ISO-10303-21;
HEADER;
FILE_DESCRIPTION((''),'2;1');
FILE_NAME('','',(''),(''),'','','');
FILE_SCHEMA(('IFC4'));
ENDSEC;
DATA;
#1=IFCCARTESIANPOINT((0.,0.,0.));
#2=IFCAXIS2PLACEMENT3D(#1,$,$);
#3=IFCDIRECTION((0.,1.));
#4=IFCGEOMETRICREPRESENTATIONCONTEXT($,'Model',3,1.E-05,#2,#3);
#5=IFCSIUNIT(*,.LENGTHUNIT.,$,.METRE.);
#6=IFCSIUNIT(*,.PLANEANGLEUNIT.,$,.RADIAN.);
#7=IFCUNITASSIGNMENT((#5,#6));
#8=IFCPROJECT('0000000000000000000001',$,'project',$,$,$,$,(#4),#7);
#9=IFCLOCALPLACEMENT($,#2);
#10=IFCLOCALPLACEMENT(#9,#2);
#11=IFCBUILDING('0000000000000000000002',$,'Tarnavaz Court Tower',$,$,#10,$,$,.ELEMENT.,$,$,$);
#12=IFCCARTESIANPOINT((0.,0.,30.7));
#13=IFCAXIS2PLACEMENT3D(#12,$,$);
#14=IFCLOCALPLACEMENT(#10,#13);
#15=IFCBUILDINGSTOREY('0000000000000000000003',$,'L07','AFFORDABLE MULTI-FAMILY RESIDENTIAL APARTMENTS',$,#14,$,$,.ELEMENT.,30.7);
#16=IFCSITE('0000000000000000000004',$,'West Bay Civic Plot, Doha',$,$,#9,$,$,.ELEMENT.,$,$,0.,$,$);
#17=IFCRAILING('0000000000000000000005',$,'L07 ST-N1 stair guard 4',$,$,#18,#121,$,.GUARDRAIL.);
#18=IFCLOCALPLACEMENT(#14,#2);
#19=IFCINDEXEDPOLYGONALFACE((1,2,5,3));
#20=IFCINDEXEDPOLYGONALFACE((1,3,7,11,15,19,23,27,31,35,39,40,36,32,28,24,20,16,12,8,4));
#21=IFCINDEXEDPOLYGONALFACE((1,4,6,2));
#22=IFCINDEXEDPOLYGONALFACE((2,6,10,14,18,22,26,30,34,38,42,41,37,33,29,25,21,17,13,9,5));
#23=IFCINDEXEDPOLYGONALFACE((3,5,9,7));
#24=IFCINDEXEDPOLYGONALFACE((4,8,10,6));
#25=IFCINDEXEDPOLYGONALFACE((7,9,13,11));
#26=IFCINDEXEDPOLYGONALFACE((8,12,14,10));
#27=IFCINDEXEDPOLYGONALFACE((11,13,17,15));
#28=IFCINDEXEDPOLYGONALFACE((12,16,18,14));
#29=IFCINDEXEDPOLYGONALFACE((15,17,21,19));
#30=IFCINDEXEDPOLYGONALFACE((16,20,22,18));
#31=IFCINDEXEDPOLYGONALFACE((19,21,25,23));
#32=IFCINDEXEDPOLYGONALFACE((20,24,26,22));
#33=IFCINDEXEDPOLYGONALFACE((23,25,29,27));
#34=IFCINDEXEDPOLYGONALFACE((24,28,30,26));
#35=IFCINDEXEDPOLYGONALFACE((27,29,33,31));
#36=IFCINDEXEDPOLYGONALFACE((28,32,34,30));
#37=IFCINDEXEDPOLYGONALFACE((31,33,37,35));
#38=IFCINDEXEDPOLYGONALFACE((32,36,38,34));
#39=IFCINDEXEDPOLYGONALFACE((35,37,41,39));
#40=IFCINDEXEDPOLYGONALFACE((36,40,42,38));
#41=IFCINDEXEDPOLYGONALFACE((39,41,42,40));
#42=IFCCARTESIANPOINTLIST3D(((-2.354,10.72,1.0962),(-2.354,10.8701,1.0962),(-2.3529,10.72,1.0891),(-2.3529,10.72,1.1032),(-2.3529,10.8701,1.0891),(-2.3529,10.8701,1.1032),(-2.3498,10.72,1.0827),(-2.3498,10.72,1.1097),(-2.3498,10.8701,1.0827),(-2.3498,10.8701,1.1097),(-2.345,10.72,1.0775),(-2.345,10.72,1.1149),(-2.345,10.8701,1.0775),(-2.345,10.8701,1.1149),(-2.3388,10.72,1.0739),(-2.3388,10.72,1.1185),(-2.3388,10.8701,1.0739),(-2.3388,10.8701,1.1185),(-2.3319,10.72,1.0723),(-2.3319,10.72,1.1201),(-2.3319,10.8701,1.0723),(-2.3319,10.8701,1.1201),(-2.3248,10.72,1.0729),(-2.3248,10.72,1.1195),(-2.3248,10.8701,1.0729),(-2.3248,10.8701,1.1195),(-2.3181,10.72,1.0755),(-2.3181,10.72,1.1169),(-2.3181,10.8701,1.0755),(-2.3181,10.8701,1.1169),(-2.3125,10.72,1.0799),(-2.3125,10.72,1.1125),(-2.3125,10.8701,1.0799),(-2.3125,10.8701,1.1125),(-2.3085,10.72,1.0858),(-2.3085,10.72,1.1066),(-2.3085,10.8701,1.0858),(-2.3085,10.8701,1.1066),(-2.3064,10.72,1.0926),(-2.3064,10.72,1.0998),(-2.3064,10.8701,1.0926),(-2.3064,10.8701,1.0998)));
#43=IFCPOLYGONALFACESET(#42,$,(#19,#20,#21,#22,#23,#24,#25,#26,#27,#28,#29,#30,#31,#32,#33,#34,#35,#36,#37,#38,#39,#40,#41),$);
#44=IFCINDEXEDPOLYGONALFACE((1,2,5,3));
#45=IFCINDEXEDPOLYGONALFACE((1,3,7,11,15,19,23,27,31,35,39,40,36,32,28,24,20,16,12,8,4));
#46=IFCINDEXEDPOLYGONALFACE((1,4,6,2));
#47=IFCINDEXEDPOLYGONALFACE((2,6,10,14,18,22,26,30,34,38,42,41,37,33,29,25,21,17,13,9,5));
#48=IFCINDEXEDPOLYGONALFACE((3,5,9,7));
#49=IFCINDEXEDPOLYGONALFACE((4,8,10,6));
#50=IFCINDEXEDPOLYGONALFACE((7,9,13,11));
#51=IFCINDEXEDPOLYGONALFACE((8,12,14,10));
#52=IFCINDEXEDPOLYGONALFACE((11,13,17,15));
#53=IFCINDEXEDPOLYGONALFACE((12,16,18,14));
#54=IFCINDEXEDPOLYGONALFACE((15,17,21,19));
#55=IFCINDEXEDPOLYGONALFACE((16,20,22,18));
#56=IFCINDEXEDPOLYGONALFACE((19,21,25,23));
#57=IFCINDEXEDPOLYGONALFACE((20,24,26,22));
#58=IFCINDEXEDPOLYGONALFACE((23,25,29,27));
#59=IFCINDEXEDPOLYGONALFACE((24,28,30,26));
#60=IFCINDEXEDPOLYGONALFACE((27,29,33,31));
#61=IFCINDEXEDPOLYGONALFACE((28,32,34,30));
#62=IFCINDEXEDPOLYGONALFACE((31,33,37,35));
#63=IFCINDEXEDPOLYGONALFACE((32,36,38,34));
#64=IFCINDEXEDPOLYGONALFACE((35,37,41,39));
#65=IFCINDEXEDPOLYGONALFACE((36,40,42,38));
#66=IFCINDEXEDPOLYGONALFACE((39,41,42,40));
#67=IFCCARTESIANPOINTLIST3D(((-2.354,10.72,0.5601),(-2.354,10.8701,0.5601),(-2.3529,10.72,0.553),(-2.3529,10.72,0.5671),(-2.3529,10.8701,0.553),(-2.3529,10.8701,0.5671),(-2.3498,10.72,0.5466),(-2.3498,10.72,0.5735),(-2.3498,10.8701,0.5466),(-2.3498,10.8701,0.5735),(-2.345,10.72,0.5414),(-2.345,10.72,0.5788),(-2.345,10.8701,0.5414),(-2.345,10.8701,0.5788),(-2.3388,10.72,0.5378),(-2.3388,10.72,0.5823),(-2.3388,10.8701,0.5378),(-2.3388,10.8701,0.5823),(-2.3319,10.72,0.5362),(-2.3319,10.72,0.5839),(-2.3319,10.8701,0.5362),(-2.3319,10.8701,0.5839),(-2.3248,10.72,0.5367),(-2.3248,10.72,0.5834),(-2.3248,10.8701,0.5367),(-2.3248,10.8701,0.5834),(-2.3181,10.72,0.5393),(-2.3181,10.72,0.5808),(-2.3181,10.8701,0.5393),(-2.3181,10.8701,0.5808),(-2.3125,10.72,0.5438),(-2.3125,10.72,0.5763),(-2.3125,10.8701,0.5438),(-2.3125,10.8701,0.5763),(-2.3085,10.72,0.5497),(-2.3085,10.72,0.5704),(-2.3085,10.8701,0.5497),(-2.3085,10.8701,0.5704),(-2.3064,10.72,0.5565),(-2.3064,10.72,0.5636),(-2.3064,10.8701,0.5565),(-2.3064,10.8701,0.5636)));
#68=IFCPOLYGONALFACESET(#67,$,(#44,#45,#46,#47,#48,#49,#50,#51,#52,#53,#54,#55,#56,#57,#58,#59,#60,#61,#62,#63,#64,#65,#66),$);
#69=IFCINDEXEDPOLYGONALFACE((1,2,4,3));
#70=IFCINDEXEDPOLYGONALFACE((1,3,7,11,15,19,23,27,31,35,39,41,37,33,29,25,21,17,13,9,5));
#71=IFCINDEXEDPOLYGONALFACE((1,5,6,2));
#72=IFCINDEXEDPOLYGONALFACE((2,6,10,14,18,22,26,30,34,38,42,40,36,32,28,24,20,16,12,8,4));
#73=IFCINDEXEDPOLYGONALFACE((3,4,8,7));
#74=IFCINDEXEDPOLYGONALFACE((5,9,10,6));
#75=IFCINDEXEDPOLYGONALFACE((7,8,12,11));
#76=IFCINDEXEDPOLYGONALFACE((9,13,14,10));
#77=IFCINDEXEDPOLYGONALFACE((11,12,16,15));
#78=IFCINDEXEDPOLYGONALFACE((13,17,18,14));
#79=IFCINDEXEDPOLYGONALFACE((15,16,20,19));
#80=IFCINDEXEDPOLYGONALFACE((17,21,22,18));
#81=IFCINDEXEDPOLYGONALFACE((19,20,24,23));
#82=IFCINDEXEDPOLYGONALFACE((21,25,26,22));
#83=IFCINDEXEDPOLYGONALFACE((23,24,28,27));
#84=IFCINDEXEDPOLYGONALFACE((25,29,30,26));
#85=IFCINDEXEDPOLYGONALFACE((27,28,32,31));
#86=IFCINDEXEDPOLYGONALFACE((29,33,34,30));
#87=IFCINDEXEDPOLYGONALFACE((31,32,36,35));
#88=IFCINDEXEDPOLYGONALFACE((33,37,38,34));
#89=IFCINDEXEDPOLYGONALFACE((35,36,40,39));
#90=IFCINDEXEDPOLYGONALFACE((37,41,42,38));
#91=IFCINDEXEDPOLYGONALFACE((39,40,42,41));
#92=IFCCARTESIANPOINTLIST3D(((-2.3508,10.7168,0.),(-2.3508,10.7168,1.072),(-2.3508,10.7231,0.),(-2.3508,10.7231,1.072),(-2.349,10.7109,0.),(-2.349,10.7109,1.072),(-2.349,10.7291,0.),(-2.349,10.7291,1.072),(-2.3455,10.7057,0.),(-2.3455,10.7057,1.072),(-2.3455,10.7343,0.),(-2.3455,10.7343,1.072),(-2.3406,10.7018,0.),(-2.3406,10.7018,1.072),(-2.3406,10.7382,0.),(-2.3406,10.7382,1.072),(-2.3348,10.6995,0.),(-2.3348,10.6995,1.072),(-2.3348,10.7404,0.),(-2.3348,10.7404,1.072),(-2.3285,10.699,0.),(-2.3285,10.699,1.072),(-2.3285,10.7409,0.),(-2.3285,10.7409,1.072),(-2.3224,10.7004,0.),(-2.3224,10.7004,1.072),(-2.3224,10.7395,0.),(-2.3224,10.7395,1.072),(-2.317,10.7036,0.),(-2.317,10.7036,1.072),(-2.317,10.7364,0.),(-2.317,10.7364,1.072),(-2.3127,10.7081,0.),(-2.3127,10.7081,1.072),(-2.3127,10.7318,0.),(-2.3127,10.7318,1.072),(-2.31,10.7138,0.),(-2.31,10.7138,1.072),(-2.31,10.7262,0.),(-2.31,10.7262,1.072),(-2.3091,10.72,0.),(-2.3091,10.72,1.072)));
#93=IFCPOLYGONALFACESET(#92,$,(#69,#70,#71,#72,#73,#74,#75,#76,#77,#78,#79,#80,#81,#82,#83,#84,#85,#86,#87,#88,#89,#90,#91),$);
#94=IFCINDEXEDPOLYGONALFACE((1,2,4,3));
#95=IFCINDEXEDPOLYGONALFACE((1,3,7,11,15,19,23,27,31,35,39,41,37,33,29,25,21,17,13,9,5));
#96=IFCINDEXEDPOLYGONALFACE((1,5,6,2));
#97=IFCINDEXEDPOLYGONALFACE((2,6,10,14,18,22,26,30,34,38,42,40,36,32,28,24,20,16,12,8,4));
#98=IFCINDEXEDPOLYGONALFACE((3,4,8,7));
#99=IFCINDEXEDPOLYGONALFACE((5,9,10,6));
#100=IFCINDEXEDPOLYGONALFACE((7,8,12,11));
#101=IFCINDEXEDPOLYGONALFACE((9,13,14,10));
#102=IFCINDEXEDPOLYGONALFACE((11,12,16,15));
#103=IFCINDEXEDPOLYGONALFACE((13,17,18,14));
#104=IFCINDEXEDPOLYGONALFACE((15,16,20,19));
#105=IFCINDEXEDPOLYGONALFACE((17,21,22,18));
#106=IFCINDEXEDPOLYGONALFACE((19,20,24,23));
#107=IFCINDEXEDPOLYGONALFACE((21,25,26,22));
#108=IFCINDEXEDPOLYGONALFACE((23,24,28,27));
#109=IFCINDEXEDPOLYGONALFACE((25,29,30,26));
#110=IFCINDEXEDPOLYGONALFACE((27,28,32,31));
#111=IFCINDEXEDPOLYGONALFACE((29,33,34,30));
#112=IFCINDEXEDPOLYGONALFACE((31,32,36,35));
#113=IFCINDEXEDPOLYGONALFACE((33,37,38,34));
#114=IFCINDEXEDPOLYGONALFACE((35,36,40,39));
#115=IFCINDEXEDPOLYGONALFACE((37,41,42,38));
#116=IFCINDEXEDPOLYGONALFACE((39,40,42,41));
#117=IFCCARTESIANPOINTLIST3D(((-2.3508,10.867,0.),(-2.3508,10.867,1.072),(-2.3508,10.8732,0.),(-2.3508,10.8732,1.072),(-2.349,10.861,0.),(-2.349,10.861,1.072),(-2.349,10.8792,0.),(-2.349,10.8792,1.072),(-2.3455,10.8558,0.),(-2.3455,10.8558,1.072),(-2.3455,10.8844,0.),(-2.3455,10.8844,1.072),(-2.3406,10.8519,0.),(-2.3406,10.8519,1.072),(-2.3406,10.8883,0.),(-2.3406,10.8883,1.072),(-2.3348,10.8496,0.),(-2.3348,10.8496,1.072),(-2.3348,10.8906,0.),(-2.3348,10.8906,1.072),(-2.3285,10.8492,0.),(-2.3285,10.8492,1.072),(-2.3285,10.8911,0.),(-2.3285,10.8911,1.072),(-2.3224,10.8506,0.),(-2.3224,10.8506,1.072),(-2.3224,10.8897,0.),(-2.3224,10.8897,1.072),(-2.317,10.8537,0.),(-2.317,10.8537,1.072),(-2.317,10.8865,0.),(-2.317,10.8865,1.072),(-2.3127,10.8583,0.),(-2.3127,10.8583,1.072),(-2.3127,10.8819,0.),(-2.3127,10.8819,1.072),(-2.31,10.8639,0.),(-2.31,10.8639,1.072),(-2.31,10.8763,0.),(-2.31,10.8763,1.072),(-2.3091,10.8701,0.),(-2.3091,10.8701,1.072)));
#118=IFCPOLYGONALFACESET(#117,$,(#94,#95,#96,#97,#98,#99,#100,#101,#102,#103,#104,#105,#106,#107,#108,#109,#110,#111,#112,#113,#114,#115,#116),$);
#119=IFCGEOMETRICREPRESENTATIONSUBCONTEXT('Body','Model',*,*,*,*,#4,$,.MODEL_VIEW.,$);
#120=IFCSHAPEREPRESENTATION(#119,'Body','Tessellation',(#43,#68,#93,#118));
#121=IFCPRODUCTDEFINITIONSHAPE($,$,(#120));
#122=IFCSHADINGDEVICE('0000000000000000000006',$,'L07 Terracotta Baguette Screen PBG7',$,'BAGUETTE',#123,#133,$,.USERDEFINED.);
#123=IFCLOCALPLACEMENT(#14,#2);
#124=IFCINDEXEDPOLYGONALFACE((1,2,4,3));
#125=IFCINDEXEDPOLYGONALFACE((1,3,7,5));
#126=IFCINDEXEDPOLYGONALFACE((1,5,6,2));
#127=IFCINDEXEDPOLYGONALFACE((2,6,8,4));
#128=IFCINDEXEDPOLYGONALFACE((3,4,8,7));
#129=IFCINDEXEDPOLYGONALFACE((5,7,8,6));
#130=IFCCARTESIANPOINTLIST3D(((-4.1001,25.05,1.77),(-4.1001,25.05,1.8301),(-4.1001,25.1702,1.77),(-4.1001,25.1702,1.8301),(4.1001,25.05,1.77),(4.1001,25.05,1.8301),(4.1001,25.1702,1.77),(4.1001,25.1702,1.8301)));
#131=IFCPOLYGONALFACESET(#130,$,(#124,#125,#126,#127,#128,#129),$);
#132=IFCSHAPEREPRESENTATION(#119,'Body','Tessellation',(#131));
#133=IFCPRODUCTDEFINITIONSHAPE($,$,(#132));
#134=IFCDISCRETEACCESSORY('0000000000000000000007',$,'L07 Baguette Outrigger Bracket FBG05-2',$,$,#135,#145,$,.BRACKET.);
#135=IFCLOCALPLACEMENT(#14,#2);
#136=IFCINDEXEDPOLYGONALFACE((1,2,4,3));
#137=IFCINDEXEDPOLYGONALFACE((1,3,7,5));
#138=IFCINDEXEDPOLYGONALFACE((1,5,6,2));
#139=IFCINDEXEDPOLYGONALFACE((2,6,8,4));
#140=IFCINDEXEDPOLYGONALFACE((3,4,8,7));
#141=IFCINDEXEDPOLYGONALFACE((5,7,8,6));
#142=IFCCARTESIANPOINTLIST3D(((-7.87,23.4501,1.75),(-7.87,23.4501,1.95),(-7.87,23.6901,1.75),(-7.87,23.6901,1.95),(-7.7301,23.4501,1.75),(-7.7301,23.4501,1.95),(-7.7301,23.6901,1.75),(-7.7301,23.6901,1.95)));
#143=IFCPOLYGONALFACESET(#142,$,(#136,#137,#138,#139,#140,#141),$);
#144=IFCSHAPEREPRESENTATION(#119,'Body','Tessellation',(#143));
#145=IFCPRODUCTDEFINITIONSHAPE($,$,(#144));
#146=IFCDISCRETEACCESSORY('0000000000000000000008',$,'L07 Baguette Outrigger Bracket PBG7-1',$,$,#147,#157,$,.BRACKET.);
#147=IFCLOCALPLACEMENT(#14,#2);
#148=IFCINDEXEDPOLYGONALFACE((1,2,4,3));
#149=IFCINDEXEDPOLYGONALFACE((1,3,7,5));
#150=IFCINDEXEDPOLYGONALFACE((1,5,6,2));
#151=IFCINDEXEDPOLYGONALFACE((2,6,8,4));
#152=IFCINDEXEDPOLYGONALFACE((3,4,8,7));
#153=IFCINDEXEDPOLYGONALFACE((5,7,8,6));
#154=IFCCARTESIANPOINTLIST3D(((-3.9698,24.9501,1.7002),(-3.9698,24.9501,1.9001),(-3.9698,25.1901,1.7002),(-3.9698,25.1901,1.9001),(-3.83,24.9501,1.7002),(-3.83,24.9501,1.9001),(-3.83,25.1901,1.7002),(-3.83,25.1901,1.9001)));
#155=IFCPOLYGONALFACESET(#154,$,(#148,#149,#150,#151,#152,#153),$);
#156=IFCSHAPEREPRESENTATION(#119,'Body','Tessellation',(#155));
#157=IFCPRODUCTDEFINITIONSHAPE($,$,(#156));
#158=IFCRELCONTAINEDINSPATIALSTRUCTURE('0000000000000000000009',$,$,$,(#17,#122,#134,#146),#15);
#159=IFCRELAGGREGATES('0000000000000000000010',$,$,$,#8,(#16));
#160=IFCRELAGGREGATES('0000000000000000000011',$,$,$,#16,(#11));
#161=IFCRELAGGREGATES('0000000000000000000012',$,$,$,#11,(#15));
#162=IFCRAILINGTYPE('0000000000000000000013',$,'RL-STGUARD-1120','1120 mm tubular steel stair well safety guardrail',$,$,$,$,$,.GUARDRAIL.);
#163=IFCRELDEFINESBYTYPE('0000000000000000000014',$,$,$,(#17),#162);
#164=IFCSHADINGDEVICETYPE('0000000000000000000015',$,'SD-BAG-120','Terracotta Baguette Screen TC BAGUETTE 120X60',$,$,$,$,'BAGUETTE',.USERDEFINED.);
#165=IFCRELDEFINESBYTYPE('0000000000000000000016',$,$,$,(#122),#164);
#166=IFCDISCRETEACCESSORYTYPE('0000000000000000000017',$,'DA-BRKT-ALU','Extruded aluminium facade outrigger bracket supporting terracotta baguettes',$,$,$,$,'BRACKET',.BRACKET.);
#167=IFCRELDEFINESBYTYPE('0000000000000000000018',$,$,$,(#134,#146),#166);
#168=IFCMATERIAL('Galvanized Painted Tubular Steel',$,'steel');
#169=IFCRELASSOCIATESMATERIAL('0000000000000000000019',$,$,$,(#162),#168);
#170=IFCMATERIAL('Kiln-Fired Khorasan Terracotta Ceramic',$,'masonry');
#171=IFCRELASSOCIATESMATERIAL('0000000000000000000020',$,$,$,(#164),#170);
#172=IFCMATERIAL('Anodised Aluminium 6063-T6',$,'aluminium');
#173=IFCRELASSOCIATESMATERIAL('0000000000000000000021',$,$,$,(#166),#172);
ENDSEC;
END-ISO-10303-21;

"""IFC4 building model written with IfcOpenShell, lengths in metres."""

from ifc_helpers import new_model, si_unit, direction, frame, origin, origin_2d, place, context, subcontext, project, spatial, rectangle, circle, extrude, material, material_profile, profile_set, type_object, element, save


model = new_model("IFC4")

# Units and contexts
model_context = context("Model", 3, precision=1e-05, world=origin(), true_north=direction((0.0, 1.0)))
body_context = subcontext(model_context, "Body", "Model", "MODEL_VIEW")
ifc_project = project(units=[si_unit("LENGTHUNIT", "METRE"), si_unit("PLANEANGLEUNIT", "RADIAN")], contexts=[model_context])

# Site, building, storey
site_placement = place(None, origin())
site = spatial("IfcSite", under=ifc_project, at=site_placement, Name="West Bay Civic Plot, Doha", CompositionType="ELEMENT", RefElevation=0.0)
building_placement = place(site_placement, origin())
building = spatial("IfcBuilding", under=site, at=building_placement, Name="Tarnavaz Court Tower", CompositionType="ELEMENT")
storey_placement = place(building_placement, frame((0.0, 0.0, 30.7)))
storey = spatial("IfcBuildingStorey", under=building, at=storey_placement, Name="L07", Description="AFFORDABLE MULTI-FAMILY RESIDENTIAL APARTMENTS", CompositionType="ELEMENT", Elevation=30.7)

# Shared definitions
ifc_material_1 = material(Name="Anodised Aluminium 6063-T6", Category="aluminium")

# Railing
ifc_material_2 = material(Name="Galvanized Painted Tubular Steel", Category="steel")
railing_type = type_object("IfcRailingType", Name="RL-STGUARD-1120", Description="1120 mm tubular steel stair well safety guardrail", PredefinedType="GUARDRAIL", material=ifc_material_2)
railing_1_placement = place(storey_placement, frame((-2.3301, 10.72, 0.0)))
element("IfcRailing", 1, at=railing_1_placement, inside=storey, type_object=railing_type, Name="L07 ST-N1 stair guard 4", PredefinedType="GUARDRAIL", context=body_context, shape_type="SweptSolid", body=[
    extrude(circle(Radius=0.0239, at=origin_2d()), frame((0.0, 0.0, 1.0962), z_axis=(0.0, 1.0, 0.0), x_axis=(-1.0, 0.0, 0.0)), (0.0, 0.0, 1.0), 0.1501),
    extrude(circle(Radius=0.0239, at=origin_2d()), frame((0.0, 0.0, 0.5601), z_axis=(0.0, 1.0, 0.0), x_axis=(-1.0, 0.0, 0.0)), (0.0, 0.0, 1.0), 0.1501),
    extrude(circle(Radius=0.021, at=origin_2d()), origin(), (0.0, 0.0, 1.0), 1.072),
    extrude(circle(Radius=0.021, at=origin_2d()), frame((0.0, 0.1501, 0.0)), (0.0, 0.0, 1.0), 1.072),
])

# Shading device
ifc_material_3 = material(Name="Kiln-Fired Khorasan Terracotta Ceramic", Category="masonry")
ifc_material_profile_1 = material_profile(ifc_material_3, rectangle(XDim=0.1201, YDim=0.0601, at=origin_2d()), Name="TC BAGUETTE 120X60")
ifc_profile_set_1 = profile_set([ifc_material_profile_1], Name="Kiln-Fired Khorasan Terracotta Ceramic")
shading_device_type = type_object("IfcShadingDeviceType", Name="SD-BAG-120", Description="Terracotta Baguette Screen TC BAGUETTE 120X60", ElementType="BAGUETTE", PredefinedType="USERDEFINED", material=ifc_profile_set_1)
shading_device_placement = place(storey_placement, frame((-4.1001, 25.1101, 1.8), z_axis=(1.0, 0.0, 0.0), x_axis=(0.0, 1.0, 0.0)))
element("IfcShadingDevice", 2, at=shading_device_placement, inside=storey, type_object=shading_device_type, Name="L07 Terracotta Baguette Screen PBG7", ObjectType="BAGUETTE", PredefinedType="USERDEFINED", context=body_context, shape_type="SweptSolid", body=[
    extrude(rectangle(XDim=0.1201, YDim=0.0601, at=origin_2d()), origin(), (0.0, 0.0, 1.0), 8.2002),
])

# Discrete accessories
discrete_accessory_type = type_object("IfcDiscreteAccessoryType", Name="DA-BRKT-ALU", Description="Extruded aluminium facade outrigger bracket supporting terracotta baguettes", ElementType="BRACKET", PredefinedType="BRACKET", material=ifc_material_1)
for number, where, z_axis, x_axis, name in (
    (3, (-7.8, 23.5701, 1.75), (0.0, 0.0, 1.0), (1.0, 0.0, 0.0), "L07 Baguette Outrigger Bracket FBG05-2"),
    (4, (-3.8999, 25.0701, 1.7002), (0.0, 0.0, 1.0), (1.0, 0.0, 0.0), "L07 Baguette Outrigger Bracket PBG7-1"),
):
    element("IfcDiscreteAccessory", number, at=place(storey_placement, frame(where, z_axis=z_axis, x_axis=x_axis)), inside=storey, type_object=discrete_accessory_type, Name=name, PredefinedType="BRACKET", context=body_context, shape_type="SweptSolid", body=[
        extrude(rectangle(XDim=0.1399, YDim=0.24, at=origin_2d()), origin(), (0.0, 0.0, 1.0), 0.2),
    ])

save(model, "model.ifc")
